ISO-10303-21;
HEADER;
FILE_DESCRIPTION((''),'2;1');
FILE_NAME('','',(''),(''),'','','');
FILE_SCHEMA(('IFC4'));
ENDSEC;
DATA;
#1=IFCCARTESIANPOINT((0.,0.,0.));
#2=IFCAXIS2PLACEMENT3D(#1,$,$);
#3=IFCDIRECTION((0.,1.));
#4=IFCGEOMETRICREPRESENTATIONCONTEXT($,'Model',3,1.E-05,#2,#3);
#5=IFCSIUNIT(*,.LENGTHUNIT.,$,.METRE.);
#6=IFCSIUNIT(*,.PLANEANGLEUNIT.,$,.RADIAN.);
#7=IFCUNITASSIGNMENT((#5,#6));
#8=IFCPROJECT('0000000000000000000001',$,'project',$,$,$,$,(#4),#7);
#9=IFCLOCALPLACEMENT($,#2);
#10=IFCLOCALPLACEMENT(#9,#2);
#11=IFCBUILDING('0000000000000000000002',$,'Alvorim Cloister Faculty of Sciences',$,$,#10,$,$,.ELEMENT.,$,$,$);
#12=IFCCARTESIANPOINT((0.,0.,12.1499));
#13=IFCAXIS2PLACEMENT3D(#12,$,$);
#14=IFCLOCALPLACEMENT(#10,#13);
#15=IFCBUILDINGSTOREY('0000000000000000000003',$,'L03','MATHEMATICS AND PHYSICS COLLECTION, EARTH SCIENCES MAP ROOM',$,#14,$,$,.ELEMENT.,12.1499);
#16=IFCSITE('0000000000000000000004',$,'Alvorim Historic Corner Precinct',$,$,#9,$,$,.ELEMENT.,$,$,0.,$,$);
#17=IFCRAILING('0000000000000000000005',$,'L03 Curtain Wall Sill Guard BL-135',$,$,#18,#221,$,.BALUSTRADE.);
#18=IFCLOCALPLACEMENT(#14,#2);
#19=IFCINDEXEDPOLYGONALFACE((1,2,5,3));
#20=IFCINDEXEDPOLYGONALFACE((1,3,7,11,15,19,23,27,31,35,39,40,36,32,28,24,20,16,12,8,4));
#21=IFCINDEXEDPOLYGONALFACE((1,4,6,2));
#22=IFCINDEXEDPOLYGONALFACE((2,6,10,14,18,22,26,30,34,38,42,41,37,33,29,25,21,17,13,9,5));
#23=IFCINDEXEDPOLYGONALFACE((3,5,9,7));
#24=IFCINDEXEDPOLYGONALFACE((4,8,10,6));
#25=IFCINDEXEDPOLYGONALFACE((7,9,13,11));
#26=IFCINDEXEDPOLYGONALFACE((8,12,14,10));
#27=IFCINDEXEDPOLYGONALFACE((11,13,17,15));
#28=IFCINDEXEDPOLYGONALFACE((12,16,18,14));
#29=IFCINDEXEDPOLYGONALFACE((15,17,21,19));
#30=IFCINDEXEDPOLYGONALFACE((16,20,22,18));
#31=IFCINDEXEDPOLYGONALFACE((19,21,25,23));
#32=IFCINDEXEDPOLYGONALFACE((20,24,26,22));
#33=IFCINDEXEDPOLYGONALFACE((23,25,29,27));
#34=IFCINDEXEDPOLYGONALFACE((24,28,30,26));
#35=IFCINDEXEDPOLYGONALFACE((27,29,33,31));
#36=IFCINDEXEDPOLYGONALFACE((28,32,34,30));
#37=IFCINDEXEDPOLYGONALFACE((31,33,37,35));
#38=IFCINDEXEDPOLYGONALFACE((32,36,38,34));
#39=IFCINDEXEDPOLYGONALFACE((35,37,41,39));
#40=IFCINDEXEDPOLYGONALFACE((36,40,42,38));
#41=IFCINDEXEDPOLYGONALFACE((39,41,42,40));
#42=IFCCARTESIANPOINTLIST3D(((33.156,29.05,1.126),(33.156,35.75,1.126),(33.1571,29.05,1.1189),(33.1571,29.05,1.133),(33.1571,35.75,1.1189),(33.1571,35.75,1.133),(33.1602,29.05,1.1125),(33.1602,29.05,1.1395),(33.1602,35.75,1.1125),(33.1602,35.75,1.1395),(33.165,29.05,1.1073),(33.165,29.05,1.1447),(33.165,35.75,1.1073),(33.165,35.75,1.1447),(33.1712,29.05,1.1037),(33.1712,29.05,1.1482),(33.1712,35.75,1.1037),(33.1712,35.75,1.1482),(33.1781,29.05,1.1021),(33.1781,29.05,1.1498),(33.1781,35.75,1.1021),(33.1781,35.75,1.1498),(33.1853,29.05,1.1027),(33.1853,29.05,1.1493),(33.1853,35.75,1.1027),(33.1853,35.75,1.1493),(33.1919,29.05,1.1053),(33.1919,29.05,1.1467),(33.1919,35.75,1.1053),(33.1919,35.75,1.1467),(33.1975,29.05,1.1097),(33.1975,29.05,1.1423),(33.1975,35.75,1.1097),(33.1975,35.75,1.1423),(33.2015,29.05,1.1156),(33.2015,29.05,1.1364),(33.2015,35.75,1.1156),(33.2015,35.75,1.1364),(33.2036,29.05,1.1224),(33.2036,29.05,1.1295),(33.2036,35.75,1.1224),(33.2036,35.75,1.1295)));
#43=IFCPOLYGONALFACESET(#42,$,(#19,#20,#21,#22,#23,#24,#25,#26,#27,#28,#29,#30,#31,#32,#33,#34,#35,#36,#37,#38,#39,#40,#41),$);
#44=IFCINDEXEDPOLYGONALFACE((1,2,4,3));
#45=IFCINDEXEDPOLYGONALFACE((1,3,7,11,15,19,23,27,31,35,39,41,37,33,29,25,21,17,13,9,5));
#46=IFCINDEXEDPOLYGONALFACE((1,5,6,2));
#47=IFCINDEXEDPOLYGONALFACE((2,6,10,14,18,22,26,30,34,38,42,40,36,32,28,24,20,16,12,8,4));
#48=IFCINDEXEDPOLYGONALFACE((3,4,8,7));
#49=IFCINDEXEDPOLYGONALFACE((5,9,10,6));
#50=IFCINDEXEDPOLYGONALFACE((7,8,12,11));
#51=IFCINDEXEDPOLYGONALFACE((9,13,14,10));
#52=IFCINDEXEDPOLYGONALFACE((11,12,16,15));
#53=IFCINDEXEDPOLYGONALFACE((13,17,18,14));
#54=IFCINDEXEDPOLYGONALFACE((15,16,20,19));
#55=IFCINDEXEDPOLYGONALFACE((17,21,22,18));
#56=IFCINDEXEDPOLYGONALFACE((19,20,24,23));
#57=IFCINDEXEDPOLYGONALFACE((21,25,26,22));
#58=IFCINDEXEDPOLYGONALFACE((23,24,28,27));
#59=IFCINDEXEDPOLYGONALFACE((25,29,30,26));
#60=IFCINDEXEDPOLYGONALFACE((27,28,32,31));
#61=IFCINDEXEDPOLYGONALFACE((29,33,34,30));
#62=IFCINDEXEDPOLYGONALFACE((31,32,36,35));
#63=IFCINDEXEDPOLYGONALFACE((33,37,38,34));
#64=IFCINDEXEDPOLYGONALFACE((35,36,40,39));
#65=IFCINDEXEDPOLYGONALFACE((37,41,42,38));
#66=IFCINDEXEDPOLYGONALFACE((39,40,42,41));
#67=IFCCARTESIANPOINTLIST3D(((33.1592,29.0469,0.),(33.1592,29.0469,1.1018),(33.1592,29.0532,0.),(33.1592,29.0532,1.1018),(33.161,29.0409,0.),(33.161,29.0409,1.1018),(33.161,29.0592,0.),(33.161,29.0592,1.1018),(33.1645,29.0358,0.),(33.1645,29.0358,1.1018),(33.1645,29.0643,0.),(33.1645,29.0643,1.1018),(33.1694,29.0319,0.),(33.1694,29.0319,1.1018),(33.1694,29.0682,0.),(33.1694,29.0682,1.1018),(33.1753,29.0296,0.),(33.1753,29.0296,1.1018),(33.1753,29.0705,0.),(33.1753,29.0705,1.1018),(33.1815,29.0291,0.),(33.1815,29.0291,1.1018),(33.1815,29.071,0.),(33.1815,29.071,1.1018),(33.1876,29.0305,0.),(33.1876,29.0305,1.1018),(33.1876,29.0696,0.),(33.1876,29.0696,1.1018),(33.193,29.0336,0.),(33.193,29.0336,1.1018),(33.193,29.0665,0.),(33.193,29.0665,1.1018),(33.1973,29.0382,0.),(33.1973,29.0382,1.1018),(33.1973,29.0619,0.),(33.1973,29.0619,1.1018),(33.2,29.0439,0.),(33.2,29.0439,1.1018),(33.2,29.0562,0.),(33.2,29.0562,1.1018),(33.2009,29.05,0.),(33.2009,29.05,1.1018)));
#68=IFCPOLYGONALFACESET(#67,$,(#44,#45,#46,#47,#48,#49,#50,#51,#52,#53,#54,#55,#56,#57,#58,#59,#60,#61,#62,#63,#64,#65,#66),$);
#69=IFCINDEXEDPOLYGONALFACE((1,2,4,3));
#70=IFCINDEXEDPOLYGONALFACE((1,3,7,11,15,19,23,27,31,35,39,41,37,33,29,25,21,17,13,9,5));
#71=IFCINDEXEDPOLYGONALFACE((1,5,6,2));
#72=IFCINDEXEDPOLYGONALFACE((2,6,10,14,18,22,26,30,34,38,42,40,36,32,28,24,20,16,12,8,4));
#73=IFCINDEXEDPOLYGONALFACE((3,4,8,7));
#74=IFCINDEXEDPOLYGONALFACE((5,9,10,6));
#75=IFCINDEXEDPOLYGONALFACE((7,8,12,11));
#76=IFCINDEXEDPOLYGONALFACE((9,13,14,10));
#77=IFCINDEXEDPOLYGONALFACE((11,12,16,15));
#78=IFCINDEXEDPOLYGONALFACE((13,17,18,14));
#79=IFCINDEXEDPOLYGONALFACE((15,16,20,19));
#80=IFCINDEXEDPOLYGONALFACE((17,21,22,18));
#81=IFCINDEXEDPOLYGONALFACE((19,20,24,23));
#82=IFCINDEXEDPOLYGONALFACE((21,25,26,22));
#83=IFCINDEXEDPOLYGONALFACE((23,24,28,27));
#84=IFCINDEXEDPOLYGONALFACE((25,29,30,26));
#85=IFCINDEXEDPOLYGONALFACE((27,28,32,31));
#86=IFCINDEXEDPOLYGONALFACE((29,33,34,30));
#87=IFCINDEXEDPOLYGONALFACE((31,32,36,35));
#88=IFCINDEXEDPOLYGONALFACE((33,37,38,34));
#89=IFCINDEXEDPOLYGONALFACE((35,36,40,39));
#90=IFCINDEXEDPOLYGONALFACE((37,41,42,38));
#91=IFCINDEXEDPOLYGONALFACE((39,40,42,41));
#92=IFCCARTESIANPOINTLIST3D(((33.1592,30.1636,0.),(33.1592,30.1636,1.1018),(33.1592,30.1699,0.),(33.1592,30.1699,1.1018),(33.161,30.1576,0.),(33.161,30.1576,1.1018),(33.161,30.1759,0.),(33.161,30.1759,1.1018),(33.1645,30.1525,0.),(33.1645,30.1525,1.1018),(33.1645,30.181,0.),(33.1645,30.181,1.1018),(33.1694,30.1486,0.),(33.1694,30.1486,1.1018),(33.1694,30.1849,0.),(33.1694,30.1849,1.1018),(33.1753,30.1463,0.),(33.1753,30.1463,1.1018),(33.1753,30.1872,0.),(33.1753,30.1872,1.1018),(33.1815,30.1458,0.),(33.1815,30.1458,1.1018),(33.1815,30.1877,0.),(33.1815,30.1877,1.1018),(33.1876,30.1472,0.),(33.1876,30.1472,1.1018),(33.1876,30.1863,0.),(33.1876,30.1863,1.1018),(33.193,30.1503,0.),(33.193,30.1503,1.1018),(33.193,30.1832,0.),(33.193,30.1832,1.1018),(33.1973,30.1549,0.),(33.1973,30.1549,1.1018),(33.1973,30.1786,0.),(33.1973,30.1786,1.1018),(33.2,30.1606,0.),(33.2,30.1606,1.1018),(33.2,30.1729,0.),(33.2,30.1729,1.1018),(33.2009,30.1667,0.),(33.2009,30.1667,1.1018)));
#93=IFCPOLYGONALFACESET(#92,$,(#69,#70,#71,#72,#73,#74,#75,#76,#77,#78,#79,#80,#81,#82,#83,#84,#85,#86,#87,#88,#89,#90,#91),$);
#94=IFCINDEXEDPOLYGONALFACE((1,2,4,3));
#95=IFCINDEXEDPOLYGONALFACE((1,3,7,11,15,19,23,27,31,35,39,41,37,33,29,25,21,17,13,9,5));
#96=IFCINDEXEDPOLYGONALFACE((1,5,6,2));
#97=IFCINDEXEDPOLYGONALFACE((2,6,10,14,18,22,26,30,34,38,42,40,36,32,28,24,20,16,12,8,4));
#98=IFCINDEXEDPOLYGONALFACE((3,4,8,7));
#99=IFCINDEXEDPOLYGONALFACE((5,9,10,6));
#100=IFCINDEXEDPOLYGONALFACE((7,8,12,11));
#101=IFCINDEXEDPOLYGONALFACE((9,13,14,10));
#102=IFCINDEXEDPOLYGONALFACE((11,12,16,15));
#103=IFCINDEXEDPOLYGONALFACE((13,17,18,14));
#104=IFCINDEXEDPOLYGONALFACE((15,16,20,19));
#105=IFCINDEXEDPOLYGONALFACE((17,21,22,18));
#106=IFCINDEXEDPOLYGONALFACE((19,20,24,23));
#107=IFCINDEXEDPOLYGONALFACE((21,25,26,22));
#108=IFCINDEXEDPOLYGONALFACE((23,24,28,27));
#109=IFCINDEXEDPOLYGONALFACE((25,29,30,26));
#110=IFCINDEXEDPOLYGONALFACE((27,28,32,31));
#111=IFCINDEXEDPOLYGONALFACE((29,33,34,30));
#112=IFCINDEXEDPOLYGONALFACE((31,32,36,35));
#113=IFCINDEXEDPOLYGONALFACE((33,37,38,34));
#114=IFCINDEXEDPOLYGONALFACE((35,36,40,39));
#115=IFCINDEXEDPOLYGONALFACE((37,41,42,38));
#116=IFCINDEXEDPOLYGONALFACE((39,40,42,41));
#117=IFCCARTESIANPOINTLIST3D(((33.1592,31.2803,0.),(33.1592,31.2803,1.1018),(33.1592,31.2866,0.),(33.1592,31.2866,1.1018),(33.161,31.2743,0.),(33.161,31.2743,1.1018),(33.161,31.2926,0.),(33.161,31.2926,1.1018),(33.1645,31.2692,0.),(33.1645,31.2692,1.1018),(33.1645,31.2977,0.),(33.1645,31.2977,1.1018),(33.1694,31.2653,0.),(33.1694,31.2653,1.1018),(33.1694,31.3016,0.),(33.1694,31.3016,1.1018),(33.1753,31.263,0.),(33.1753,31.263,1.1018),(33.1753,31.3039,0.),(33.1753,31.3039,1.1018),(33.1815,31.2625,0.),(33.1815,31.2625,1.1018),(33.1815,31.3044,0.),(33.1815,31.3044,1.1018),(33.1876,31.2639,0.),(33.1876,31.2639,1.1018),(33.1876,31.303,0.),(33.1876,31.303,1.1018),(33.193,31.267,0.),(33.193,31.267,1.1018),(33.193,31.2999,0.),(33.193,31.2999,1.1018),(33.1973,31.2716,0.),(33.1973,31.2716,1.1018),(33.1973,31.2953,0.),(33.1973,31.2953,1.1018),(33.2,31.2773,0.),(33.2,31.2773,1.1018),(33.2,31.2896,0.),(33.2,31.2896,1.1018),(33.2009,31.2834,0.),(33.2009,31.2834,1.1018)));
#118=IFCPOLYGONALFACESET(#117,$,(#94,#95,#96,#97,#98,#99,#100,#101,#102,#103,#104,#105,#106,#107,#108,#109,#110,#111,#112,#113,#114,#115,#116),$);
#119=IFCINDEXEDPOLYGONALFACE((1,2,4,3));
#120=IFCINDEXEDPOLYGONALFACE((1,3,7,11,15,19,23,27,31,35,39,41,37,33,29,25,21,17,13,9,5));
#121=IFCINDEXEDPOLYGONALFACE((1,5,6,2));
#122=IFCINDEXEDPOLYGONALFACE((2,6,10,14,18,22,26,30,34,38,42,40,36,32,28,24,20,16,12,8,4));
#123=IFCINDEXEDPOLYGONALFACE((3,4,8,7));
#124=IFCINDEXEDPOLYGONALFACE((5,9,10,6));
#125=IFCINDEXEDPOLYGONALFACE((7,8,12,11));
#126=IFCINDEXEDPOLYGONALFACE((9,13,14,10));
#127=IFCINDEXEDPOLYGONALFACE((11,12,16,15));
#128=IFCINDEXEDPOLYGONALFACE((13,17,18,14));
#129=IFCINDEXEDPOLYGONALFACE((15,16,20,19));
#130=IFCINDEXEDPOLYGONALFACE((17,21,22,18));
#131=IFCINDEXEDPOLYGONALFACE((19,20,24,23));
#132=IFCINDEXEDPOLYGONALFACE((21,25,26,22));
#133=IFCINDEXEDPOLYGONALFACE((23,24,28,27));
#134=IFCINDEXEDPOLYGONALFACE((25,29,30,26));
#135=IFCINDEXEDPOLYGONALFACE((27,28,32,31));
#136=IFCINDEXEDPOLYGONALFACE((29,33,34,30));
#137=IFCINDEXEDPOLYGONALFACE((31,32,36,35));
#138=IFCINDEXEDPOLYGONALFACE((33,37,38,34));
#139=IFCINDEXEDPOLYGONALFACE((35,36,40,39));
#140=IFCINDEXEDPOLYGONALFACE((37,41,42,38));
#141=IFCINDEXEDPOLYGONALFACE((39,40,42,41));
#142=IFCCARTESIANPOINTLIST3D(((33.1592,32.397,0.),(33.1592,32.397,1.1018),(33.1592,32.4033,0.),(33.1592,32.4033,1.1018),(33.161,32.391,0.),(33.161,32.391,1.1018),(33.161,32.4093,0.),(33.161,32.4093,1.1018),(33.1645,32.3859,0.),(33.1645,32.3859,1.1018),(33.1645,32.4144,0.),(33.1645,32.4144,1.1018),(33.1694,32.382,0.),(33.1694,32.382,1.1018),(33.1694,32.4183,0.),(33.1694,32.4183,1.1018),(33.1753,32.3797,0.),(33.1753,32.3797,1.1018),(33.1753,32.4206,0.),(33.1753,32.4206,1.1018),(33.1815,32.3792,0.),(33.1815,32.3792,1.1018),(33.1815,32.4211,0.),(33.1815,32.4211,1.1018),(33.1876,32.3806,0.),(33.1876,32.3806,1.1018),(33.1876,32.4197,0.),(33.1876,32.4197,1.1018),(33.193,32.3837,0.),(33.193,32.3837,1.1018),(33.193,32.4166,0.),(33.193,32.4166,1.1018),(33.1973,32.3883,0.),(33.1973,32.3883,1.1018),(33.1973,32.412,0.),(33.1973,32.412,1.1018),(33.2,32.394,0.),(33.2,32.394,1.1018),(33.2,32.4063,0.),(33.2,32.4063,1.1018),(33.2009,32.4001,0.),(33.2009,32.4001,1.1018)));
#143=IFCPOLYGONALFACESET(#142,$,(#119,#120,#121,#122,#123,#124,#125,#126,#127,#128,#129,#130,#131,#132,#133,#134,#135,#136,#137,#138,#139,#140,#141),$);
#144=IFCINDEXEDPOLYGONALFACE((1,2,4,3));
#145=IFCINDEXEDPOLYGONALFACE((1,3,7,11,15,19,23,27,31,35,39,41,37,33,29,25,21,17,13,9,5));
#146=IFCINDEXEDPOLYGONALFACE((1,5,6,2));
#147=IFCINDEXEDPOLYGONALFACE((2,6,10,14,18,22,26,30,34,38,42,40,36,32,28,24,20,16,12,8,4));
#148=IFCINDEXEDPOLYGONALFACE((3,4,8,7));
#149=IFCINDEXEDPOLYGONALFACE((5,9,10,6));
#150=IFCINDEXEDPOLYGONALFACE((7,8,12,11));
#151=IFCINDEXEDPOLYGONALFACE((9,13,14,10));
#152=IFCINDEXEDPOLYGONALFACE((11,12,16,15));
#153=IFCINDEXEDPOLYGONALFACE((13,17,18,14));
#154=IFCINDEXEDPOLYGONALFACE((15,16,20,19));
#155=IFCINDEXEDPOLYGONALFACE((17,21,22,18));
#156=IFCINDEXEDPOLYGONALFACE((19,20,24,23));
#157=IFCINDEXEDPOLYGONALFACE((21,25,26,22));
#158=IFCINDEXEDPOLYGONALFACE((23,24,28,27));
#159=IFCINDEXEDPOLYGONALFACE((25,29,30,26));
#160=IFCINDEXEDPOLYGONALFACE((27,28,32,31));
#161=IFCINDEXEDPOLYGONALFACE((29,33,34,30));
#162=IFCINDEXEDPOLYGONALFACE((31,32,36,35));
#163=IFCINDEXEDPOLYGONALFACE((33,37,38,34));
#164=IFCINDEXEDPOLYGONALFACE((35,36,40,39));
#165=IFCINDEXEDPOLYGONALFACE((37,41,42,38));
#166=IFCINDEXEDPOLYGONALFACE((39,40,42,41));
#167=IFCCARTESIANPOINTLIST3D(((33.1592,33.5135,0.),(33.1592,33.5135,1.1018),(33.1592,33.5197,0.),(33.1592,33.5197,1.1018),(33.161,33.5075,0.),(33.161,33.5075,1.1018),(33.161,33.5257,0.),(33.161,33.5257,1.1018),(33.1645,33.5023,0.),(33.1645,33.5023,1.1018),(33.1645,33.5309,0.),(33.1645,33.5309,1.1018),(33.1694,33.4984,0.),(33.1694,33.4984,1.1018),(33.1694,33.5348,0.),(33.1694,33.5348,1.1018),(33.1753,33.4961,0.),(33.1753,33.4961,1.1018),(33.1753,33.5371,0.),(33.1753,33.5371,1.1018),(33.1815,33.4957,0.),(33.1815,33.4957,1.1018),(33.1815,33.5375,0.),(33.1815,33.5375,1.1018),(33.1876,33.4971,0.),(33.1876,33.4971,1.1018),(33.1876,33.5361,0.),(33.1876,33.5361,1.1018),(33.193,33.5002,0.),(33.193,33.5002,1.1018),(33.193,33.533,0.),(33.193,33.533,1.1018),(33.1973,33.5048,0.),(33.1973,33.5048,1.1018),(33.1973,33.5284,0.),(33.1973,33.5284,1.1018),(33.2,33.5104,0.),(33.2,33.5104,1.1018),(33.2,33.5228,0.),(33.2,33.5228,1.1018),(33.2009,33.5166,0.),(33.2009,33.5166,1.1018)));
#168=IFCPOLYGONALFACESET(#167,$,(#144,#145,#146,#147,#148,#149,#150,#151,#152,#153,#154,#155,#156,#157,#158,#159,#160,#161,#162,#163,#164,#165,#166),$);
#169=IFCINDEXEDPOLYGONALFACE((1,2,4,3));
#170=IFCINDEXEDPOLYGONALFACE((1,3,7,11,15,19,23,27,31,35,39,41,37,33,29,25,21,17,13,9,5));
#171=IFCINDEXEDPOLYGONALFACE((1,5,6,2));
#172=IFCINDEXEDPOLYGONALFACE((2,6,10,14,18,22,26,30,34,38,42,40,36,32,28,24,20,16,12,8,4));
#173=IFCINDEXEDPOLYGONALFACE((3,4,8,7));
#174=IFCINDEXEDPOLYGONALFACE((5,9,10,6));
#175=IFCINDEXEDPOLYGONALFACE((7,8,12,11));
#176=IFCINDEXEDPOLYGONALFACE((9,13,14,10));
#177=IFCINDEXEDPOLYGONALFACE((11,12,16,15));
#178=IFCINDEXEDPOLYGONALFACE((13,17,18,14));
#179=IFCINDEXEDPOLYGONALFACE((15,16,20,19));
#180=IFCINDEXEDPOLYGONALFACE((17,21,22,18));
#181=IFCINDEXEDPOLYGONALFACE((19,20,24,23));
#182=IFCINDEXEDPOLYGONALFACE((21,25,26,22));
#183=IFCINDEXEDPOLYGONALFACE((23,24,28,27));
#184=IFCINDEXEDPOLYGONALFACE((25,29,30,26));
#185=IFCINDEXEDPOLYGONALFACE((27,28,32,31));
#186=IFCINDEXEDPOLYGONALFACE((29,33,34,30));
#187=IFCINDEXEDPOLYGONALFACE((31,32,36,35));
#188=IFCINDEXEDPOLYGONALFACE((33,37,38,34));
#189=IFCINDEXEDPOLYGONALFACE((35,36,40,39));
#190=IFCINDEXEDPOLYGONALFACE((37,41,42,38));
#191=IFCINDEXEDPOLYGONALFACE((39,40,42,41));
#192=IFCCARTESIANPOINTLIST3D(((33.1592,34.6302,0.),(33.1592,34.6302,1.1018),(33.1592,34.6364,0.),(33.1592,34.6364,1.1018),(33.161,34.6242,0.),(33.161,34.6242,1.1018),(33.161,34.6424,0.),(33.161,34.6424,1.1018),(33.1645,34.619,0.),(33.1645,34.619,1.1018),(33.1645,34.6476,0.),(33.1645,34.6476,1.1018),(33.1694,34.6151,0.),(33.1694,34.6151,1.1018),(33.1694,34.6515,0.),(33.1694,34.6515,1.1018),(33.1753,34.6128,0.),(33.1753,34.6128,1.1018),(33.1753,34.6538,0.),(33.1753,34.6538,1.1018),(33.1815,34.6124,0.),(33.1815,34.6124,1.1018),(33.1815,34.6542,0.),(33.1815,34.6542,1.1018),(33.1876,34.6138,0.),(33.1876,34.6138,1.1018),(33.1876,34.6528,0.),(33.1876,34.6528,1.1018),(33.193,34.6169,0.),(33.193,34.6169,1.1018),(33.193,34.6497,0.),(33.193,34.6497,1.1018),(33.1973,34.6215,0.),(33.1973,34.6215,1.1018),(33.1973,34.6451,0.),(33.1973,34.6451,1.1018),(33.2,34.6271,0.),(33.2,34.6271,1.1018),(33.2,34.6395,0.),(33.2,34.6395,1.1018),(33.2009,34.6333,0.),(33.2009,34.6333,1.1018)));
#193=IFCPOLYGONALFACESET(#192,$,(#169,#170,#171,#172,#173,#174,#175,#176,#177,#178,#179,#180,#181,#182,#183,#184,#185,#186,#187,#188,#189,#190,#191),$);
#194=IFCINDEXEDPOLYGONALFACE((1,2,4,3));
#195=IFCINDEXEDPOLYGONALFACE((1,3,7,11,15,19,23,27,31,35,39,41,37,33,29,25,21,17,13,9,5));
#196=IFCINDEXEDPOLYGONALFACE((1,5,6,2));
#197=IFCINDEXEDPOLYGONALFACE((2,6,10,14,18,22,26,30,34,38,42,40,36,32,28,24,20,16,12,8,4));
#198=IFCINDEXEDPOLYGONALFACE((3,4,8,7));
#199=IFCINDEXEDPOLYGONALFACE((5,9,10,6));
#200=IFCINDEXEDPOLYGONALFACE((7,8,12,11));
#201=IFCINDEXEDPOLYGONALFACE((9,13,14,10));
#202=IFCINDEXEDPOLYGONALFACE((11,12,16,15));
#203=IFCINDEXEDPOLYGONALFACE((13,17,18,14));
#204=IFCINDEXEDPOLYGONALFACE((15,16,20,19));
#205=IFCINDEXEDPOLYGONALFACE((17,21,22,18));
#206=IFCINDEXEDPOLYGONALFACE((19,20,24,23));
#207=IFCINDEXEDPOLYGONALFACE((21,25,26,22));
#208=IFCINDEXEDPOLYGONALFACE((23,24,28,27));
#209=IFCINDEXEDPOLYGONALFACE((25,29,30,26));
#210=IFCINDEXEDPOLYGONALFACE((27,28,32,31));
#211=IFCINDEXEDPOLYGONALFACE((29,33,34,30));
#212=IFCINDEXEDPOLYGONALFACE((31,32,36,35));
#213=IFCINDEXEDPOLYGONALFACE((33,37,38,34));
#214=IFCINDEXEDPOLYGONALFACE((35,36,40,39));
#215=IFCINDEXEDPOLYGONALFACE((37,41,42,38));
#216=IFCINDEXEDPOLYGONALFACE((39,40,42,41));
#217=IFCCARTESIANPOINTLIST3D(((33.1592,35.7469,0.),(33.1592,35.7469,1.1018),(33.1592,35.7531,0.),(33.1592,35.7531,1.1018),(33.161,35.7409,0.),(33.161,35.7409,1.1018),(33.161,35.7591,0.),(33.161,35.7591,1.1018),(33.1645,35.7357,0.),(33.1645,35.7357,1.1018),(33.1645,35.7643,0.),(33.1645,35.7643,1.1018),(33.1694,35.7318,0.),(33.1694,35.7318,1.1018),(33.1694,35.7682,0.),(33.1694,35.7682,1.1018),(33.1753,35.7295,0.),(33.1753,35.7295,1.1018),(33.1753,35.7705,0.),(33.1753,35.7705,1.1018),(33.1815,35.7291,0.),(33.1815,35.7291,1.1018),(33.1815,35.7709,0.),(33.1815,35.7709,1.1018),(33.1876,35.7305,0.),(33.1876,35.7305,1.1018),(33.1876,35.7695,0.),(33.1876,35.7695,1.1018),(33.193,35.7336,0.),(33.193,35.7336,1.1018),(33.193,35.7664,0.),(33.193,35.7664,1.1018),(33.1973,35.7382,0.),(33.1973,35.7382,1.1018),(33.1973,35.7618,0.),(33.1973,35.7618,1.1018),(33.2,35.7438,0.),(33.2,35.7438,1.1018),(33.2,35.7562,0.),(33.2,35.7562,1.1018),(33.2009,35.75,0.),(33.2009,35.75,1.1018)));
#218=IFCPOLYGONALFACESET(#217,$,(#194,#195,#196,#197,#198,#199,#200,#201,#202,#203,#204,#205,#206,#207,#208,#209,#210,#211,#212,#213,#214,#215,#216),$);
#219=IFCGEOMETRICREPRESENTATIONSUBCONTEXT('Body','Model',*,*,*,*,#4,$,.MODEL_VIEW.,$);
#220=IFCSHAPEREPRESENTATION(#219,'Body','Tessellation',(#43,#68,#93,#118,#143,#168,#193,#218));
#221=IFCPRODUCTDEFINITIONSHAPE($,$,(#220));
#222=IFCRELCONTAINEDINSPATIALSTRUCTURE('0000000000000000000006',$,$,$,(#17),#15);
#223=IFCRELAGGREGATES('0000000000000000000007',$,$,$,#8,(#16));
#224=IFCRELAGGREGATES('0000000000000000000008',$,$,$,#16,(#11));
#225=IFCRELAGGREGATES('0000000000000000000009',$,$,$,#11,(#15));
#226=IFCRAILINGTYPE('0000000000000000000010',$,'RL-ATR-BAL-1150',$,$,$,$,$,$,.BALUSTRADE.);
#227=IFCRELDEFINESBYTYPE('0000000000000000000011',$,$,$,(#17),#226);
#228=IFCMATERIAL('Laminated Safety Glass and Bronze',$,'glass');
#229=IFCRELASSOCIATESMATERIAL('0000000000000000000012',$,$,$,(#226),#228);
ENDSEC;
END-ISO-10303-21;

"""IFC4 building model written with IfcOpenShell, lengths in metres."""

from ifc_helpers import new_model, si_unit, direction, frame, origin, origin_2d, place, context, subcontext, project, spatial, circle, extrude, material, type_object, element, save


model = new_model("IFC4")

# Units and contexts
model_context = context("Model", 3, precision=1e-05, world=origin(), true_north=direction((0.0, 1.0)))
body_context = subcontext(model_context, "Body", "Model", "MODEL_VIEW")
ifc_project = project(units=[si_unit("LENGTHUNIT", "METRE"), si_unit("PLANEANGLEUNIT", "RADIAN")], contexts=[model_context])

# Site, building, storey
site_placement = place(None, origin())
site = spatial("IfcSite", under=ifc_project, at=site_placement, Name="Alvorim Historic Corner Precinct", CompositionType="ELEMENT", RefElevation=0.0)
building_placement = place(site_placement, origin())
building = spatial("IfcBuilding", under=site, at=building_placement, Name="Alvorim Cloister Faculty of Sciences", CompositionType="ELEMENT")
storey_placement = place(building_placement, frame((0.0, 0.0, 12.1499)))
storey = spatial("IfcBuildingStorey", under=building, at=storey_placement, Name="L03", Description="MATHEMATICS AND PHYSICS COLLECTION, EARTH SCIENCES MAP ROOM", CompositionType="ELEMENT", Elevation=12.1499)

# Railing
ifc_material_1 = material(Name="Laminated Safety Glass and Bronze", Category="glass")
railing_type = type_object("IfcRailingType", Name="RL-ATR-BAL-1150", PredefinedType="BALUSTRADE", material=ifc_material_1)
railing_placement = place(storey_placement, frame((33.1799, 29.05, 0.0)))
element("IfcRailing", 1, at=railing_placement, inside=storey, type_object=railing_type, Name="L03 Curtain Wall Sill Guard BL-135", PredefinedType="BALUSTRADE", context=body_context, shape_type="SweptSolid", body=[
    extrude(circle(Radius=0.0239, at=origin_2d()), frame((0.0, 0.0, 1.126), z_axis=(0.0, 1.0, 0.0), x_axis=(-1.0, 0.0, 0.0)), (0.0, 0.0, 1.0), 6.7),
    extrude(circle(Radius=0.021, at=origin_2d()), origin(), (0.0, 0.0, 1.0), 1.1018),
    extrude(circle(Radius=0.021, at=origin_2d()), frame((0.0, 1.1167, 0.0)), (0.0, 0.0, 1.0), 1.1018),
    extrude(circle(Radius=0.021, at=origin_2d()), frame((0.0, 2.2334, 0.0)), (0.0, 0.0, 1.0), 1.1018),
    extrude(circle(Radius=0.021, at=origin_2d()), frame((0.0, 3.3501, 0.0)), (0.0, 0.0, 1.0), 1.1018),
    extrude(circle(Radius=0.021, at=origin_2d()), frame((0.0, 4.4666, 0.0)), (0.0, 0.0, 1.0), 1.1018),
    extrude(circle(Radius=0.021, at=origin_2d()), frame((0.0, 5.5833, 0.0)), (0.0, 0.0, 1.0), 1.1018),
    extrude(circle(Radius=0.021, at=origin_2d()), frame((0.0, 6.7, 0.0)), (0.0, 0.0, 1.0), 1.1018),
])

save(model, "model.ifc")
